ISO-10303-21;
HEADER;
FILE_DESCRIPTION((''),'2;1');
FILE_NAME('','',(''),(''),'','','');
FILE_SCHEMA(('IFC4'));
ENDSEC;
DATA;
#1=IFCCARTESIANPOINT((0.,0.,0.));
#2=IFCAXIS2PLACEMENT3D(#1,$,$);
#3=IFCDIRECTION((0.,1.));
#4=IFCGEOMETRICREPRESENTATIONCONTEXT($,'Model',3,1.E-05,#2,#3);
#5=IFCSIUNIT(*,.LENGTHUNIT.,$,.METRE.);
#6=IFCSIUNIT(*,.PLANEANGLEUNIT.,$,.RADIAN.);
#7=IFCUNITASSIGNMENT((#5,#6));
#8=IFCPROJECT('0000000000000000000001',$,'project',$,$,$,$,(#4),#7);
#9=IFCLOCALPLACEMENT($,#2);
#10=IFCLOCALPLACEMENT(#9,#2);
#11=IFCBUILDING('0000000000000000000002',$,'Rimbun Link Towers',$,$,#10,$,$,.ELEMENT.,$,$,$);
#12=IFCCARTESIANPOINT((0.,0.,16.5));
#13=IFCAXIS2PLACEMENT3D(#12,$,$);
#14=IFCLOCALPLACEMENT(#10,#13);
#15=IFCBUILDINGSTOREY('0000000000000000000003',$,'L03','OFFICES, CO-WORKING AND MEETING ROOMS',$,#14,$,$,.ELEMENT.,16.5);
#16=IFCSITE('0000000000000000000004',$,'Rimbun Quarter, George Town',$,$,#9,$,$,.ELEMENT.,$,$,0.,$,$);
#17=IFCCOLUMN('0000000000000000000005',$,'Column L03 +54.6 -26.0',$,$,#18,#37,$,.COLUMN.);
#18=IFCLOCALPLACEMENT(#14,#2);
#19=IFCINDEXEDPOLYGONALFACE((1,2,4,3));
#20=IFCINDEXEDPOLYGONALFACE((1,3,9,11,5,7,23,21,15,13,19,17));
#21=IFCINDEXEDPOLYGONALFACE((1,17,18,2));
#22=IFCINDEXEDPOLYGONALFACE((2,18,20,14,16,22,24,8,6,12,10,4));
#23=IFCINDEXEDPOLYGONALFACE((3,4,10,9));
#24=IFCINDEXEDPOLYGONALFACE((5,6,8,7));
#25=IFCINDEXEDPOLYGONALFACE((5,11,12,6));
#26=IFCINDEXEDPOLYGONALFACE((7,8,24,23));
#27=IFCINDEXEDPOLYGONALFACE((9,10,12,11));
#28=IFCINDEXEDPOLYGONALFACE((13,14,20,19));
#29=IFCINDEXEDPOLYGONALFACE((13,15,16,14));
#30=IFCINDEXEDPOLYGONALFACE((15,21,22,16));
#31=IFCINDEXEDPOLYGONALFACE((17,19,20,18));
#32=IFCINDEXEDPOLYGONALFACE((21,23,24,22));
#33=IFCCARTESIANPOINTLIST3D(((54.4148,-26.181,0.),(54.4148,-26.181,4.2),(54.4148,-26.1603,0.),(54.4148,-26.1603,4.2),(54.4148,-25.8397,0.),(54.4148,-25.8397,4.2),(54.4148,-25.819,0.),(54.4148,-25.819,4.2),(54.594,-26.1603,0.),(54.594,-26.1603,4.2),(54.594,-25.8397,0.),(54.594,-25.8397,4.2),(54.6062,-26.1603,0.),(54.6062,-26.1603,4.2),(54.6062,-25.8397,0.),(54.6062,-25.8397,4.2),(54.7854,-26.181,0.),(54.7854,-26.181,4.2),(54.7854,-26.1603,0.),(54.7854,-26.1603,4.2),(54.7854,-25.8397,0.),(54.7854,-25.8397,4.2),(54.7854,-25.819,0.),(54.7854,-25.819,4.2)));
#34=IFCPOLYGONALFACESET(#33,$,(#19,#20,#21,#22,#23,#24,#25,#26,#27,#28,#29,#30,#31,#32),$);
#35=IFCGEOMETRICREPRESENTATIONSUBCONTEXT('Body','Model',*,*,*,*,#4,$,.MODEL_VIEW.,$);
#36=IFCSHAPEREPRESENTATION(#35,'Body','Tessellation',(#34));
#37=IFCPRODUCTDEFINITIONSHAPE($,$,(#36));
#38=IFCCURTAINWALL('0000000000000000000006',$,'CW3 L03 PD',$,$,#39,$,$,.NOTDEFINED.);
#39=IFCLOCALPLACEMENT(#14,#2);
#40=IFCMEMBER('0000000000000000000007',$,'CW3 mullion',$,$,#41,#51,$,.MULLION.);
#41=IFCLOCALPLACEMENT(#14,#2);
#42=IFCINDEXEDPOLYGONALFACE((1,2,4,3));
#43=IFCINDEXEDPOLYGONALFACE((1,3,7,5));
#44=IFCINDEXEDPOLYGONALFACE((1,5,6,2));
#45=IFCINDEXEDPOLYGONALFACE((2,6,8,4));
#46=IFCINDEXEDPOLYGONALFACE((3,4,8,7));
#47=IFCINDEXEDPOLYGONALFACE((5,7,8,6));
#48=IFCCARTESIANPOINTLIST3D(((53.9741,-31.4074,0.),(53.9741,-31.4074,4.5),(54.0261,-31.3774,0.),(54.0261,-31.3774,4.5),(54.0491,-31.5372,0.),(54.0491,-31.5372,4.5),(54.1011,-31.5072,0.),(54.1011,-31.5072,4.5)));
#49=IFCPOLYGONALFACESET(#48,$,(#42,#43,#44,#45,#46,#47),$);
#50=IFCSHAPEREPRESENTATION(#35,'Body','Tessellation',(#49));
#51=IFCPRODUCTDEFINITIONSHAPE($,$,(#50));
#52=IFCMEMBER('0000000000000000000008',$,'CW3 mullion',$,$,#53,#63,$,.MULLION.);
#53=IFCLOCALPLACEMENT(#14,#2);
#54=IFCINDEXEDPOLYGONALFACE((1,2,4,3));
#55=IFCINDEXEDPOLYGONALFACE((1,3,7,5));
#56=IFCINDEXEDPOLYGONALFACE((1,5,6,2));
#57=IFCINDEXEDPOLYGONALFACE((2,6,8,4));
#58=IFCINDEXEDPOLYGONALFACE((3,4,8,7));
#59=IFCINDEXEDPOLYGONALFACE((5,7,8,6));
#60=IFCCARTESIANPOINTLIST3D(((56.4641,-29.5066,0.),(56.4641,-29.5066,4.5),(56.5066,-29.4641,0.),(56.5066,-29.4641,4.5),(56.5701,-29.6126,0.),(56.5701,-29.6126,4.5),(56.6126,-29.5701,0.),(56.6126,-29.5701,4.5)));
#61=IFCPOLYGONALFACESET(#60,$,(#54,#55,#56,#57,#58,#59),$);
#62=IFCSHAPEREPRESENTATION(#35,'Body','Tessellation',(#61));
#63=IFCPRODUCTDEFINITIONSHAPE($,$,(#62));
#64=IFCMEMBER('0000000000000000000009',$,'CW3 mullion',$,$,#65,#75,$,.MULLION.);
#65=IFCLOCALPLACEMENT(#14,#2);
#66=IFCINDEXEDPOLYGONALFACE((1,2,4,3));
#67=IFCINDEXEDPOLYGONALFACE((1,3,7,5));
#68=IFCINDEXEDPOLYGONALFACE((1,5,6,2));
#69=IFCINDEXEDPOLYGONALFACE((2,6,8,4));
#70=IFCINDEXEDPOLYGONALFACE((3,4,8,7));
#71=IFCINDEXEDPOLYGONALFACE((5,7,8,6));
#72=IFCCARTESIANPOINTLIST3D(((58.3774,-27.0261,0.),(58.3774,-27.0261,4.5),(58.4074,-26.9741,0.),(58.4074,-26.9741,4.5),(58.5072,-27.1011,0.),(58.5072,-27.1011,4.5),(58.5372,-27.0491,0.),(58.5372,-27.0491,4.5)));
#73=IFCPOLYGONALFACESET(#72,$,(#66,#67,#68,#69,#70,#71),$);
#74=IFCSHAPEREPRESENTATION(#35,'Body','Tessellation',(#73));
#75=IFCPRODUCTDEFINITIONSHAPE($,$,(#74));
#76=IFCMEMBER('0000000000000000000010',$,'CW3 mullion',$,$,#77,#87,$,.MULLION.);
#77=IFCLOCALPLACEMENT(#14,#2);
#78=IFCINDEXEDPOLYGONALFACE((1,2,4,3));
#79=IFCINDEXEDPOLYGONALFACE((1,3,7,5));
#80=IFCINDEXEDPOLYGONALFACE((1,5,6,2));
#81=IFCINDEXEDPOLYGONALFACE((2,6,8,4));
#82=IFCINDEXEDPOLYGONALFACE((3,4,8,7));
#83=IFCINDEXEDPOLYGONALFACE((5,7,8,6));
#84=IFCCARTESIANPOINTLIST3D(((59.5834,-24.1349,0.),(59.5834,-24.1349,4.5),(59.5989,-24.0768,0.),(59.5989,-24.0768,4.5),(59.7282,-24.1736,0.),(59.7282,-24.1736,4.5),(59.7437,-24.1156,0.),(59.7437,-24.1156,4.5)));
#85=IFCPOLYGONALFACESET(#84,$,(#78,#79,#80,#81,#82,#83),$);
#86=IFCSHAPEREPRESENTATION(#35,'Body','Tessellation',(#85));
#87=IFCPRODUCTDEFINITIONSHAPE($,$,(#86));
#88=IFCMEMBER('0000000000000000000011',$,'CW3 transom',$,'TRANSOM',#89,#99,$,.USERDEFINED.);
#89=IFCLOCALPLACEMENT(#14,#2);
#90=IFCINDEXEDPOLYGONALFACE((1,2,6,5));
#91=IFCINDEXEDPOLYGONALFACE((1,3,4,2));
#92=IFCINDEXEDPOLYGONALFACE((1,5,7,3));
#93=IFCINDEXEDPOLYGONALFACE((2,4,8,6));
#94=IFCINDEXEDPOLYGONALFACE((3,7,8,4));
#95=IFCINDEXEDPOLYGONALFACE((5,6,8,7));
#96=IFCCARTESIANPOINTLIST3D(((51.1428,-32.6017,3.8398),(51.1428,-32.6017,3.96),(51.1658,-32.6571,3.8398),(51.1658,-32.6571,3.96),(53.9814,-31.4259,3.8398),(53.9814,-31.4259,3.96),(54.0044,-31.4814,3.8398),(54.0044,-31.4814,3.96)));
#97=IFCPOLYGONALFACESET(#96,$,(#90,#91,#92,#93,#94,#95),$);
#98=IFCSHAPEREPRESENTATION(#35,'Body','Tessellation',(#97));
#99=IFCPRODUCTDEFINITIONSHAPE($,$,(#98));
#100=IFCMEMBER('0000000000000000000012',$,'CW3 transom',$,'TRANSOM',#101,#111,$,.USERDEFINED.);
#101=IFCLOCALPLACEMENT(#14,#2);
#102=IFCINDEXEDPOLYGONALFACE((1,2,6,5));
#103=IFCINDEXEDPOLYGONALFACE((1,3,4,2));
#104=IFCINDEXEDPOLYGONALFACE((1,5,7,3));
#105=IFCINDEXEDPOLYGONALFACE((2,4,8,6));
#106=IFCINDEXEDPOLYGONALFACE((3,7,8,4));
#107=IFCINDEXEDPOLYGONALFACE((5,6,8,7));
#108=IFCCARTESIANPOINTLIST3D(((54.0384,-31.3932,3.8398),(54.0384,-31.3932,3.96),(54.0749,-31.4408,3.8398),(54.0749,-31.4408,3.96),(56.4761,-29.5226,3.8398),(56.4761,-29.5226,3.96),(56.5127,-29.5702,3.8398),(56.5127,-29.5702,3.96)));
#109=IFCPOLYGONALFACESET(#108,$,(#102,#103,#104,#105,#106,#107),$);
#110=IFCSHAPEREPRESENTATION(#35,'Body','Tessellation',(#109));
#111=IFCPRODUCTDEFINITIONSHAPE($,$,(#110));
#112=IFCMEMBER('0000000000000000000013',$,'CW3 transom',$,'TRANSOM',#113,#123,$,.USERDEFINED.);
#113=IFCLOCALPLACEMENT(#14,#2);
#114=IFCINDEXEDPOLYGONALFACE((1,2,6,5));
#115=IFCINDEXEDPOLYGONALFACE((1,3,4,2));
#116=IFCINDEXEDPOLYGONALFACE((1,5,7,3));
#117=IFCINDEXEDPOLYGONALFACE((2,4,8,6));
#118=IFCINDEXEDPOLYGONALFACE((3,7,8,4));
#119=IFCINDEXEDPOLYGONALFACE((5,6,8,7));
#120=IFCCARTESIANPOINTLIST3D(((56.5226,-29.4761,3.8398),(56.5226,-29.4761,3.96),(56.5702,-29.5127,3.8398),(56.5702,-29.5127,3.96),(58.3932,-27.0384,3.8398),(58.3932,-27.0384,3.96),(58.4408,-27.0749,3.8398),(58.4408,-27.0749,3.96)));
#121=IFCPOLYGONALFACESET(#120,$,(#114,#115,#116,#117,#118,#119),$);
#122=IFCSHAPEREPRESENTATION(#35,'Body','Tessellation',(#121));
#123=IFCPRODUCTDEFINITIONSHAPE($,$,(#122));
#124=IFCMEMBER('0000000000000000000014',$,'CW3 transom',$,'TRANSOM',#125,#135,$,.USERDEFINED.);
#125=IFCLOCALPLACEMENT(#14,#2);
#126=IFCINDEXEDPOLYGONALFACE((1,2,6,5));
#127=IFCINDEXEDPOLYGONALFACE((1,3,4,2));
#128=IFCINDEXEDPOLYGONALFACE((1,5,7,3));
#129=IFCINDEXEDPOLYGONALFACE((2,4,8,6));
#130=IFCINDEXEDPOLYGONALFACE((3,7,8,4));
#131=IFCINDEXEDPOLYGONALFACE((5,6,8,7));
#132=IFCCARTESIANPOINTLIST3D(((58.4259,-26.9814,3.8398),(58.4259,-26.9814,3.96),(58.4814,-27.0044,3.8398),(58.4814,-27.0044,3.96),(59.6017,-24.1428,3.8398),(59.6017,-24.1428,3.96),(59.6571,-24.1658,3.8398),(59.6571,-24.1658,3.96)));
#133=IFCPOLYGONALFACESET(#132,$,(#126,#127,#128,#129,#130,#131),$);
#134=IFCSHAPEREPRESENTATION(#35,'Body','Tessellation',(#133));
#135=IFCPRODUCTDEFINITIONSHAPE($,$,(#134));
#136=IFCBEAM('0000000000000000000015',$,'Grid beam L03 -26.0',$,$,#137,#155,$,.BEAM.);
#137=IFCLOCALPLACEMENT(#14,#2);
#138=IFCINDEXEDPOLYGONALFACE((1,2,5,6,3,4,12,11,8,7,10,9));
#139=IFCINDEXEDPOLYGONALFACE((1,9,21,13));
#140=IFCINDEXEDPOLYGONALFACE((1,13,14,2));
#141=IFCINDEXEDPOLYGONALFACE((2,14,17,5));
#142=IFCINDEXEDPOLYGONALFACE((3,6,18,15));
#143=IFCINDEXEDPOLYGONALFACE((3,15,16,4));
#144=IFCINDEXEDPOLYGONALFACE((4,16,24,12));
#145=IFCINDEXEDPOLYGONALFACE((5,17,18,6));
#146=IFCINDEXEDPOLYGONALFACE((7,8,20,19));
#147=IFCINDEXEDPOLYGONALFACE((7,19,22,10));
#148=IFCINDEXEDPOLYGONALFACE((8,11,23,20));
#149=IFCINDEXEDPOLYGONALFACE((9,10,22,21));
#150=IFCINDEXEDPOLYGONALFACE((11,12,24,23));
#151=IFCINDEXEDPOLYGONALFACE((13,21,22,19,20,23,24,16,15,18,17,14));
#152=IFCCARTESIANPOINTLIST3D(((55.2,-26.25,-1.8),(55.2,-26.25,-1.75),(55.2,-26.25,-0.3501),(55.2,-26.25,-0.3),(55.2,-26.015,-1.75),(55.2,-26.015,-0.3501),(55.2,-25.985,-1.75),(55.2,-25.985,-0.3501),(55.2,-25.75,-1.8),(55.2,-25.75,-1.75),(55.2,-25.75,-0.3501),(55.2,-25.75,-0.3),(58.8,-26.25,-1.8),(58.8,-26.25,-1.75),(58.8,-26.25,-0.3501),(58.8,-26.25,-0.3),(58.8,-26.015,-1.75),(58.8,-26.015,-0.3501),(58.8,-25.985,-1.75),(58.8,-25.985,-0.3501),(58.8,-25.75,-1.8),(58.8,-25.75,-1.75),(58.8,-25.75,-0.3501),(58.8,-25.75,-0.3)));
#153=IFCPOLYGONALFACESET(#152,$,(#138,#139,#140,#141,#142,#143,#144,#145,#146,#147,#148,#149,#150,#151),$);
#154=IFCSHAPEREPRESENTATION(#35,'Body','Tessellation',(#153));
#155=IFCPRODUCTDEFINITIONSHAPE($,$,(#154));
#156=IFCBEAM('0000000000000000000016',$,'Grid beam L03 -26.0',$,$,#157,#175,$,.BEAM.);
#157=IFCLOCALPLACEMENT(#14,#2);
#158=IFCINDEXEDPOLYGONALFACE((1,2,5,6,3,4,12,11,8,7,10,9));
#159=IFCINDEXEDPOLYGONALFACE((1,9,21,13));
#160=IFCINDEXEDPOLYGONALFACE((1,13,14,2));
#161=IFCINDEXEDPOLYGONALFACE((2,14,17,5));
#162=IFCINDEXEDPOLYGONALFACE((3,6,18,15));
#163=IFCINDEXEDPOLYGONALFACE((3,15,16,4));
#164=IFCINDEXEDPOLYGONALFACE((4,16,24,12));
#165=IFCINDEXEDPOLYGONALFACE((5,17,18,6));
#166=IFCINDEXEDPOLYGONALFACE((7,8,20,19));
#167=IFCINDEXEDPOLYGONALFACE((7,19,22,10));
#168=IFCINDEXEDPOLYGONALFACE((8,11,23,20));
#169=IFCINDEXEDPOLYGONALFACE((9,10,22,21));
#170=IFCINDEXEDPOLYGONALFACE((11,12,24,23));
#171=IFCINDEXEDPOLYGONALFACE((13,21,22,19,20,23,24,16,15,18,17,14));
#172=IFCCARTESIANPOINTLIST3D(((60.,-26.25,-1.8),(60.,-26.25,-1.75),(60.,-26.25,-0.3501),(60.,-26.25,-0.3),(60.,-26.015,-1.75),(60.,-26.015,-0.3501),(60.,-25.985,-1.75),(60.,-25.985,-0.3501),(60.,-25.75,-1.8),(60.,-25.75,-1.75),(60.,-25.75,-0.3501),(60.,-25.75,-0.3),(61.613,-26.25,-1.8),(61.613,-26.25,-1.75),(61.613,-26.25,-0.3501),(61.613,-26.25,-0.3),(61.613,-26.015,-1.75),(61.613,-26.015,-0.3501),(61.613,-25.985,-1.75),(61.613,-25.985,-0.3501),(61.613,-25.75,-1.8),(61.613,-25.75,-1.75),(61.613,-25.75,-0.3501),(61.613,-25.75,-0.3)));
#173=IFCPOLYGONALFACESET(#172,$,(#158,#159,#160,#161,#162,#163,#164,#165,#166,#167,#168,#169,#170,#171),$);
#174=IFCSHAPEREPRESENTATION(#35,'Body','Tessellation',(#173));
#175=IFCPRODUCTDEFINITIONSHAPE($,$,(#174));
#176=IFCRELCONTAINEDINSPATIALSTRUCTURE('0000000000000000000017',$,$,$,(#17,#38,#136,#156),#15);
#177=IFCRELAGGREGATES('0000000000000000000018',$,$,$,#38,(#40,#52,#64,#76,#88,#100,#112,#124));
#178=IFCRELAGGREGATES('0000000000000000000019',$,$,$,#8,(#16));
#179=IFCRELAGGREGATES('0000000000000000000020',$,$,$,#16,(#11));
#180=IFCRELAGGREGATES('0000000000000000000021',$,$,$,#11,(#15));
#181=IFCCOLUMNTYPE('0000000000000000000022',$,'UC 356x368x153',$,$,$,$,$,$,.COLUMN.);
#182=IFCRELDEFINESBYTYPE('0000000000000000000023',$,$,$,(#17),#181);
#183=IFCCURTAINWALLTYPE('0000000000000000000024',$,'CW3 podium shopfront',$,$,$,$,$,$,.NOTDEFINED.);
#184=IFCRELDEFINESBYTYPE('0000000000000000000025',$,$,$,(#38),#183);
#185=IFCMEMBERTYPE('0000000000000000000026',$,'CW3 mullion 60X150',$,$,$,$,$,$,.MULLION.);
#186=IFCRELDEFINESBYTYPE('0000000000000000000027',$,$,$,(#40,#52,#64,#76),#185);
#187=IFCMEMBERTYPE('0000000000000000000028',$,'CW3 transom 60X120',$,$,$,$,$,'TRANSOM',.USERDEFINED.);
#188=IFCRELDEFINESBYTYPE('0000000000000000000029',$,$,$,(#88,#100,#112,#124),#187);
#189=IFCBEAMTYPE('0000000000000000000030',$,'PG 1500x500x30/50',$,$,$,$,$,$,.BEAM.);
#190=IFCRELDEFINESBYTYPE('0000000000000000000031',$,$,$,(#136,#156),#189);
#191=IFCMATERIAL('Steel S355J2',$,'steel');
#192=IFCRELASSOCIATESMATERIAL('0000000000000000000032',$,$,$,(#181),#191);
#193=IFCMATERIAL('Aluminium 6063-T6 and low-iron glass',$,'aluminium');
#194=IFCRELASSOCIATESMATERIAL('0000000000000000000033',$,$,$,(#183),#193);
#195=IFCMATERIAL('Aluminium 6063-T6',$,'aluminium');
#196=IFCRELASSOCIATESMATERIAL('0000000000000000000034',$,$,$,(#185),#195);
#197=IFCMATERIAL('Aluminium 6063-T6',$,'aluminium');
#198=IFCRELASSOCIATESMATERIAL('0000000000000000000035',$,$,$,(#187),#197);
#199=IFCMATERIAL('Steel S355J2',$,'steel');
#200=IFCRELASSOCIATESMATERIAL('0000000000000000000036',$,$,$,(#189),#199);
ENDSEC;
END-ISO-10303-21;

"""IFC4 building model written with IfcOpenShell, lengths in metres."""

from ifc_helpers import new_model, si_unit, direction, frame, origin, origin_2d, place, context, subcontext, project, spatial, rectangle, i_section, extrude, material, material_profile, profile_set, type_object, element, aggregate, save


model = new_model("IFC4")

# Units and contexts
model_context = context("Model", 3, precision=1e-05, world=origin(), true_north=direction((0.0, 1.0)))
body_context = subcontext(model_context, "Body", "Model", "MODEL_VIEW")
ifc_project = project(units=[si_unit("LENGTHUNIT", "METRE"), si_unit("PLANEANGLEUNIT", "RADIAN")], contexts=[model_context])

# Site, building, storey
site_placement = place(None, origin())
site = spatial("IfcSite", under=ifc_project, at=site_placement, Name="Rimbun Quarter, George Town", CompositionType="ELEMENT", RefElevation=0.0)
building_placement = place(site_placement, origin())
building = spatial("IfcBuilding", under=site, at=building_placement, Name="Rimbun Link Towers", CompositionType="ELEMENT")
storey_placement = place(building_placement, frame((0.0, 0.0, 16.5)))
storey = spatial("IfcBuildingStorey", under=building, at=storey_placement, Name="L03", Description="OFFICES, CO-WORKING AND MEETING ROOMS", CompositionType="ELEMENT", Elevation=16.5)

# Column
ifc_material_1 = material(Name="Steel S355J2", Category="steel")
ifc_material_profile_1 = material_profile(ifc_material_1, i_section(OverallWidth=0.3706, OverallDepth=0.3621, WebThickness=0.0122, FlangeThickness=0.0208, at=origin_2d()), Name="UC 356x368x153")
ifc_profile_set_1 = profile_set([ifc_material_profile_1], Name="Steel S355J2")
column_type = type_object("IfcColumnType", Name="UC 356x368x153", PredefinedType="COLUMN", material=ifc_profile_set_1)
column_placement = place(storey_placement, frame((54.6001, -26.0, 0.0), z_axis=(0.0, 0.0, 1.0), x_axis=(1.0, 0.0, 0.0)))
element("IfcColumn", 1, at=column_placement, inside=storey, type_object=column_type, Name="Column L03 +54.6 -26.0", PredefinedType="COLUMN", context=body_context, shape_type="SweptSolid", body=[
    extrude(i_section(OverallWidth=0.3706, OverallDepth=0.3621, WebThickness=0.0122, FlangeThickness=0.0208, at=origin_2d()), origin(), (0.0, 0.0, 1.0), 4.2),
])

# Curtain wall, members
ifc_material_2 = material(Name="Aluminium 6063-T6 and low-iron glass", Category="aluminium")
curtain_wall_type = type_object("IfcCurtainWallType", Name="CW3 podium shopfront", PredefinedType="NOTDEFINED", material=ifc_material_2)
curtain_wall_placement = place(storey_placement, origin())
curtain_wall = element("IfcCurtainWall", 2, at=curtain_wall_placement, inside=storey, type_object=curtain_wall_type, Name="CW3 L03 PD", PredefinedType="NOTDEFINED")
ifc_material_3 = material(Name="Aluminium 6063-T6", Category="aluminium")
ifc_material_profile_2 = material_profile(ifc_material_3, rectangle(XDim=0.1499, YDim=0.0601, at=origin_2d()), Name="MULLION 60X150")
ifc_profile_set_2 = profile_set([ifc_material_profile_2], Name="Aluminium 6063-T6")
member_type_1 = type_object("IfcMemberType", Name="CW3 mullion 60X150", PredefinedType="MULLION", material=ifc_profile_set_2)
member_1_placement = place(storey_placement, frame((54.0376, -31.4573, 0.0), z_axis=(0.0, 0.0, 1.0), x_axis=(0.499994, -0.866029, 0.0)))
member_1 = element("IfcMember", 3, at=member_1_placement, type_object=member_type_1, Name="CW3 mullion", PredefinedType="MULLION", context=body_context, shape_type="SweptSolid", body=[
    extrude(rectangle(XDim=0.1499, YDim=0.0601, at=origin_2d()), origin(), (0.0, 0.0, 1.0), 4.5),
])
member_2_placement = place(storey_placement, frame((56.5383, -29.5383, 0.0), z_axis=(0.0, 0.0, 1.0), x_axis=(0.707107, -0.707107, 0.0)))
member_2 = element("IfcMember", 4, at=member_2_placement, type_object=member_type_1, Name="CW3 mullion", PredefinedType="MULLION", context=body_context, shape_type="SweptSolid", body=[
    extrude(rectangle(XDim=0.1499, YDim=0.0601, at=origin_2d()), origin(), (0.0, 0.0, 1.0), 4.5),
])
member_3_placement = place(storey_placement, frame((58.4573, -27.0376, 0.0), z_axis=(0.0, 0.0, 1.0), x_axis=(0.866029, -0.499994, 0.0)))
member_3 = element("IfcMember", 5, at=member_3_placement, type_object=member_type_1, Name="CW3 mullion", PredefinedType="MULLION", context=body_context, shape_type="SweptSolid", body=[
    extrude(rectangle(XDim=0.1499, YDim=0.0601, at=origin_2d()), origin(), (0.0, 0.0, 1.0), 4.5),
])
member_4_placement = place(storey_placement, frame((59.6636, -24.1252, 0.0), z_axis=(0.0, 0.0, 1.0), x_axis=(0.965926, -0.258819, 0.0)))
member_4 = element("IfcMember", 6, at=member_4_placement, type_object=member_type_1, Name="CW3 mullion", PredefinedType="MULLION", context=body_context, shape_type="SweptSolid", body=[
    extrude(rectangle(XDim=0.1499, YDim=0.0601, at=origin_2d()), origin(), (0.0, 0.0, 1.0), 4.5),
])
ifc_material_4 = material(Name="Aluminium 6063-T6", Category="aluminium")
ifc_material_profile_3 = material_profile(ifc_material_4, rectangle(XDim=0.0601, YDim=0.1201, at=origin_2d()), Name="TRANSOM 60X120")
ifc_profile_set_3 = profile_set([ifc_material_profile_3], Name="Aluminium 6063-T6")
member_type_2 = type_object("IfcMemberType", Name="CW3 transom 60X120", ElementType="TRANSOM", PredefinedType="USERDEFINED", material=ifc_profile_set_3)
member_5_placement = place(storey_placement, frame((53.9929, -31.4536, 3.8999), z_axis=(-0.923881, -0.382679, 0.0), x_axis=(0.382679, -0.923881, 0.0)))
member_5 = element("IfcMember", 7, at=member_5_placement, type_object=member_type_2, Name="CW3 transom", ObjectType="TRANSOM", PredefinedType="USERDEFINED", context=body_context, shape_type="SweptSolid", body=[
    extrude(rectangle(XDim=0.0601, YDim=0.1201, at=origin_2d()), origin(), (0.0, 0.0, 1.0), 3.0725),
])
member_6_placement = place(storey_placement, frame((56.4944, -29.5464, 3.8999), z_axis=(-0.793344, -0.608773, 0.0), x_axis=(0.608773, -0.793344, 0.0)))
member_6 = element("IfcMember", 8, at=member_6_placement, type_object=member_type_2, Name="CW3 transom", ObjectType="TRANSOM", PredefinedType="USERDEFINED", context=body_context, shape_type="SweptSolid", body=[
    extrude(rectangle(XDim=0.0601, YDim=0.1201, at=origin_2d()), origin(), (0.0, 0.0, 1.0), 3.0728),
])
member_7_placement = place(storey_placement, frame((58.417, -27.0566, 3.8999), z_axis=(-0.608773, -0.793344, 0.0), x_axis=(0.793344, -0.608773, 0.0)))
member_7 = element("IfcMember", 9, at=member_7_placement, type_object=member_type_2, Name="CW3 transom", ObjectType="TRANSOM", PredefinedType="USERDEFINED", context=body_context, shape_type="SweptSolid", body=[
    extrude(rectangle(XDim=0.0601, YDim=0.1201, at=origin_2d()), origin(), (0.0, 0.0, 1.0), 3.0728),
])
member_8_placement = place(storey_placement, frame((59.6294, -24.1543, 3.8999), z_axis=(-0.382679, -0.923881, 0.0), x_axis=(0.923881, -0.382679, 0.0)))
member_8 = element("IfcMember", 10, at=member_8_placement, type_object=member_type_2, Name="CW3 transom", ObjectType="TRANSOM", PredefinedType="USERDEFINED", context=body_context, shape_type="SweptSolid", body=[
    extrude(rectangle(XDim=0.0601, YDim=0.1201, at=origin_2d()), origin(), (0.0, 0.0, 1.0), 3.0725),
])

# Beams
ifc_material_5 = material(Name="Steel S355J2", Category="steel")
ifc_material_profile_4 = material_profile(ifc_material_5, i_section(OverallWidth=0.5, OverallDepth=1.5, WebThickness=0.03, FlangeThickness=0.05, at=origin_2d()), Name="PG 1500x500x30/50")
ifc_profile_set_4 = profile_set([ifc_material_profile_4], Name="Steel S355J2")
beam_type = type_object("IfcBeamType", Name="PG 1500x500x30/50", PredefinedType="BEAM", material=ifc_profile_set_4)
beam_1_placement = place(storey_placement, frame((55.2, -26.0, -1.05), z_axis=(1.0, 0.0, 0.0), x_axis=(0.0, 1.0, 0.0)))
element("IfcBeam", 11, at=beam_1_placement, inside=storey, type_object=beam_type, Name="Grid beam L03 -26.0", PredefinedType="BEAM", context=body_context, shape_type="SweptSolid", body=[
    extrude(i_section(OverallWidth=0.5, OverallDepth=1.5, WebThickness=0.03, FlangeThickness=0.05, at=origin_2d()), origin(), (0.0, 0.0, 1.0), 3.6001),
])
beam_2_placement = place(storey_placement, frame((60.0, -26.0, -1.05), z_axis=(1.0, 0.0, 0.0), x_axis=(0.0, 1.0, 0.0)))
element("IfcBeam", 12, at=beam_2_placement, inside=storey, type_object=beam_type, Name="Grid beam L03 -26.0", PredefinedType="BEAM", context=body_context, shape_type="SweptSolid", body=[
    extrude(i_section(OverallWidth=0.5, OverallDepth=1.5, WebThickness=0.03, FlangeThickness=0.05, at=origin_2d()), origin(), (0.0, 0.0, 1.0), 1.613),
])

aggregate(curtain_wall, [member_1, member_2, member_3, member_4, member_5, member_6, member_7, member_8])

save(model, "model.ifc")
